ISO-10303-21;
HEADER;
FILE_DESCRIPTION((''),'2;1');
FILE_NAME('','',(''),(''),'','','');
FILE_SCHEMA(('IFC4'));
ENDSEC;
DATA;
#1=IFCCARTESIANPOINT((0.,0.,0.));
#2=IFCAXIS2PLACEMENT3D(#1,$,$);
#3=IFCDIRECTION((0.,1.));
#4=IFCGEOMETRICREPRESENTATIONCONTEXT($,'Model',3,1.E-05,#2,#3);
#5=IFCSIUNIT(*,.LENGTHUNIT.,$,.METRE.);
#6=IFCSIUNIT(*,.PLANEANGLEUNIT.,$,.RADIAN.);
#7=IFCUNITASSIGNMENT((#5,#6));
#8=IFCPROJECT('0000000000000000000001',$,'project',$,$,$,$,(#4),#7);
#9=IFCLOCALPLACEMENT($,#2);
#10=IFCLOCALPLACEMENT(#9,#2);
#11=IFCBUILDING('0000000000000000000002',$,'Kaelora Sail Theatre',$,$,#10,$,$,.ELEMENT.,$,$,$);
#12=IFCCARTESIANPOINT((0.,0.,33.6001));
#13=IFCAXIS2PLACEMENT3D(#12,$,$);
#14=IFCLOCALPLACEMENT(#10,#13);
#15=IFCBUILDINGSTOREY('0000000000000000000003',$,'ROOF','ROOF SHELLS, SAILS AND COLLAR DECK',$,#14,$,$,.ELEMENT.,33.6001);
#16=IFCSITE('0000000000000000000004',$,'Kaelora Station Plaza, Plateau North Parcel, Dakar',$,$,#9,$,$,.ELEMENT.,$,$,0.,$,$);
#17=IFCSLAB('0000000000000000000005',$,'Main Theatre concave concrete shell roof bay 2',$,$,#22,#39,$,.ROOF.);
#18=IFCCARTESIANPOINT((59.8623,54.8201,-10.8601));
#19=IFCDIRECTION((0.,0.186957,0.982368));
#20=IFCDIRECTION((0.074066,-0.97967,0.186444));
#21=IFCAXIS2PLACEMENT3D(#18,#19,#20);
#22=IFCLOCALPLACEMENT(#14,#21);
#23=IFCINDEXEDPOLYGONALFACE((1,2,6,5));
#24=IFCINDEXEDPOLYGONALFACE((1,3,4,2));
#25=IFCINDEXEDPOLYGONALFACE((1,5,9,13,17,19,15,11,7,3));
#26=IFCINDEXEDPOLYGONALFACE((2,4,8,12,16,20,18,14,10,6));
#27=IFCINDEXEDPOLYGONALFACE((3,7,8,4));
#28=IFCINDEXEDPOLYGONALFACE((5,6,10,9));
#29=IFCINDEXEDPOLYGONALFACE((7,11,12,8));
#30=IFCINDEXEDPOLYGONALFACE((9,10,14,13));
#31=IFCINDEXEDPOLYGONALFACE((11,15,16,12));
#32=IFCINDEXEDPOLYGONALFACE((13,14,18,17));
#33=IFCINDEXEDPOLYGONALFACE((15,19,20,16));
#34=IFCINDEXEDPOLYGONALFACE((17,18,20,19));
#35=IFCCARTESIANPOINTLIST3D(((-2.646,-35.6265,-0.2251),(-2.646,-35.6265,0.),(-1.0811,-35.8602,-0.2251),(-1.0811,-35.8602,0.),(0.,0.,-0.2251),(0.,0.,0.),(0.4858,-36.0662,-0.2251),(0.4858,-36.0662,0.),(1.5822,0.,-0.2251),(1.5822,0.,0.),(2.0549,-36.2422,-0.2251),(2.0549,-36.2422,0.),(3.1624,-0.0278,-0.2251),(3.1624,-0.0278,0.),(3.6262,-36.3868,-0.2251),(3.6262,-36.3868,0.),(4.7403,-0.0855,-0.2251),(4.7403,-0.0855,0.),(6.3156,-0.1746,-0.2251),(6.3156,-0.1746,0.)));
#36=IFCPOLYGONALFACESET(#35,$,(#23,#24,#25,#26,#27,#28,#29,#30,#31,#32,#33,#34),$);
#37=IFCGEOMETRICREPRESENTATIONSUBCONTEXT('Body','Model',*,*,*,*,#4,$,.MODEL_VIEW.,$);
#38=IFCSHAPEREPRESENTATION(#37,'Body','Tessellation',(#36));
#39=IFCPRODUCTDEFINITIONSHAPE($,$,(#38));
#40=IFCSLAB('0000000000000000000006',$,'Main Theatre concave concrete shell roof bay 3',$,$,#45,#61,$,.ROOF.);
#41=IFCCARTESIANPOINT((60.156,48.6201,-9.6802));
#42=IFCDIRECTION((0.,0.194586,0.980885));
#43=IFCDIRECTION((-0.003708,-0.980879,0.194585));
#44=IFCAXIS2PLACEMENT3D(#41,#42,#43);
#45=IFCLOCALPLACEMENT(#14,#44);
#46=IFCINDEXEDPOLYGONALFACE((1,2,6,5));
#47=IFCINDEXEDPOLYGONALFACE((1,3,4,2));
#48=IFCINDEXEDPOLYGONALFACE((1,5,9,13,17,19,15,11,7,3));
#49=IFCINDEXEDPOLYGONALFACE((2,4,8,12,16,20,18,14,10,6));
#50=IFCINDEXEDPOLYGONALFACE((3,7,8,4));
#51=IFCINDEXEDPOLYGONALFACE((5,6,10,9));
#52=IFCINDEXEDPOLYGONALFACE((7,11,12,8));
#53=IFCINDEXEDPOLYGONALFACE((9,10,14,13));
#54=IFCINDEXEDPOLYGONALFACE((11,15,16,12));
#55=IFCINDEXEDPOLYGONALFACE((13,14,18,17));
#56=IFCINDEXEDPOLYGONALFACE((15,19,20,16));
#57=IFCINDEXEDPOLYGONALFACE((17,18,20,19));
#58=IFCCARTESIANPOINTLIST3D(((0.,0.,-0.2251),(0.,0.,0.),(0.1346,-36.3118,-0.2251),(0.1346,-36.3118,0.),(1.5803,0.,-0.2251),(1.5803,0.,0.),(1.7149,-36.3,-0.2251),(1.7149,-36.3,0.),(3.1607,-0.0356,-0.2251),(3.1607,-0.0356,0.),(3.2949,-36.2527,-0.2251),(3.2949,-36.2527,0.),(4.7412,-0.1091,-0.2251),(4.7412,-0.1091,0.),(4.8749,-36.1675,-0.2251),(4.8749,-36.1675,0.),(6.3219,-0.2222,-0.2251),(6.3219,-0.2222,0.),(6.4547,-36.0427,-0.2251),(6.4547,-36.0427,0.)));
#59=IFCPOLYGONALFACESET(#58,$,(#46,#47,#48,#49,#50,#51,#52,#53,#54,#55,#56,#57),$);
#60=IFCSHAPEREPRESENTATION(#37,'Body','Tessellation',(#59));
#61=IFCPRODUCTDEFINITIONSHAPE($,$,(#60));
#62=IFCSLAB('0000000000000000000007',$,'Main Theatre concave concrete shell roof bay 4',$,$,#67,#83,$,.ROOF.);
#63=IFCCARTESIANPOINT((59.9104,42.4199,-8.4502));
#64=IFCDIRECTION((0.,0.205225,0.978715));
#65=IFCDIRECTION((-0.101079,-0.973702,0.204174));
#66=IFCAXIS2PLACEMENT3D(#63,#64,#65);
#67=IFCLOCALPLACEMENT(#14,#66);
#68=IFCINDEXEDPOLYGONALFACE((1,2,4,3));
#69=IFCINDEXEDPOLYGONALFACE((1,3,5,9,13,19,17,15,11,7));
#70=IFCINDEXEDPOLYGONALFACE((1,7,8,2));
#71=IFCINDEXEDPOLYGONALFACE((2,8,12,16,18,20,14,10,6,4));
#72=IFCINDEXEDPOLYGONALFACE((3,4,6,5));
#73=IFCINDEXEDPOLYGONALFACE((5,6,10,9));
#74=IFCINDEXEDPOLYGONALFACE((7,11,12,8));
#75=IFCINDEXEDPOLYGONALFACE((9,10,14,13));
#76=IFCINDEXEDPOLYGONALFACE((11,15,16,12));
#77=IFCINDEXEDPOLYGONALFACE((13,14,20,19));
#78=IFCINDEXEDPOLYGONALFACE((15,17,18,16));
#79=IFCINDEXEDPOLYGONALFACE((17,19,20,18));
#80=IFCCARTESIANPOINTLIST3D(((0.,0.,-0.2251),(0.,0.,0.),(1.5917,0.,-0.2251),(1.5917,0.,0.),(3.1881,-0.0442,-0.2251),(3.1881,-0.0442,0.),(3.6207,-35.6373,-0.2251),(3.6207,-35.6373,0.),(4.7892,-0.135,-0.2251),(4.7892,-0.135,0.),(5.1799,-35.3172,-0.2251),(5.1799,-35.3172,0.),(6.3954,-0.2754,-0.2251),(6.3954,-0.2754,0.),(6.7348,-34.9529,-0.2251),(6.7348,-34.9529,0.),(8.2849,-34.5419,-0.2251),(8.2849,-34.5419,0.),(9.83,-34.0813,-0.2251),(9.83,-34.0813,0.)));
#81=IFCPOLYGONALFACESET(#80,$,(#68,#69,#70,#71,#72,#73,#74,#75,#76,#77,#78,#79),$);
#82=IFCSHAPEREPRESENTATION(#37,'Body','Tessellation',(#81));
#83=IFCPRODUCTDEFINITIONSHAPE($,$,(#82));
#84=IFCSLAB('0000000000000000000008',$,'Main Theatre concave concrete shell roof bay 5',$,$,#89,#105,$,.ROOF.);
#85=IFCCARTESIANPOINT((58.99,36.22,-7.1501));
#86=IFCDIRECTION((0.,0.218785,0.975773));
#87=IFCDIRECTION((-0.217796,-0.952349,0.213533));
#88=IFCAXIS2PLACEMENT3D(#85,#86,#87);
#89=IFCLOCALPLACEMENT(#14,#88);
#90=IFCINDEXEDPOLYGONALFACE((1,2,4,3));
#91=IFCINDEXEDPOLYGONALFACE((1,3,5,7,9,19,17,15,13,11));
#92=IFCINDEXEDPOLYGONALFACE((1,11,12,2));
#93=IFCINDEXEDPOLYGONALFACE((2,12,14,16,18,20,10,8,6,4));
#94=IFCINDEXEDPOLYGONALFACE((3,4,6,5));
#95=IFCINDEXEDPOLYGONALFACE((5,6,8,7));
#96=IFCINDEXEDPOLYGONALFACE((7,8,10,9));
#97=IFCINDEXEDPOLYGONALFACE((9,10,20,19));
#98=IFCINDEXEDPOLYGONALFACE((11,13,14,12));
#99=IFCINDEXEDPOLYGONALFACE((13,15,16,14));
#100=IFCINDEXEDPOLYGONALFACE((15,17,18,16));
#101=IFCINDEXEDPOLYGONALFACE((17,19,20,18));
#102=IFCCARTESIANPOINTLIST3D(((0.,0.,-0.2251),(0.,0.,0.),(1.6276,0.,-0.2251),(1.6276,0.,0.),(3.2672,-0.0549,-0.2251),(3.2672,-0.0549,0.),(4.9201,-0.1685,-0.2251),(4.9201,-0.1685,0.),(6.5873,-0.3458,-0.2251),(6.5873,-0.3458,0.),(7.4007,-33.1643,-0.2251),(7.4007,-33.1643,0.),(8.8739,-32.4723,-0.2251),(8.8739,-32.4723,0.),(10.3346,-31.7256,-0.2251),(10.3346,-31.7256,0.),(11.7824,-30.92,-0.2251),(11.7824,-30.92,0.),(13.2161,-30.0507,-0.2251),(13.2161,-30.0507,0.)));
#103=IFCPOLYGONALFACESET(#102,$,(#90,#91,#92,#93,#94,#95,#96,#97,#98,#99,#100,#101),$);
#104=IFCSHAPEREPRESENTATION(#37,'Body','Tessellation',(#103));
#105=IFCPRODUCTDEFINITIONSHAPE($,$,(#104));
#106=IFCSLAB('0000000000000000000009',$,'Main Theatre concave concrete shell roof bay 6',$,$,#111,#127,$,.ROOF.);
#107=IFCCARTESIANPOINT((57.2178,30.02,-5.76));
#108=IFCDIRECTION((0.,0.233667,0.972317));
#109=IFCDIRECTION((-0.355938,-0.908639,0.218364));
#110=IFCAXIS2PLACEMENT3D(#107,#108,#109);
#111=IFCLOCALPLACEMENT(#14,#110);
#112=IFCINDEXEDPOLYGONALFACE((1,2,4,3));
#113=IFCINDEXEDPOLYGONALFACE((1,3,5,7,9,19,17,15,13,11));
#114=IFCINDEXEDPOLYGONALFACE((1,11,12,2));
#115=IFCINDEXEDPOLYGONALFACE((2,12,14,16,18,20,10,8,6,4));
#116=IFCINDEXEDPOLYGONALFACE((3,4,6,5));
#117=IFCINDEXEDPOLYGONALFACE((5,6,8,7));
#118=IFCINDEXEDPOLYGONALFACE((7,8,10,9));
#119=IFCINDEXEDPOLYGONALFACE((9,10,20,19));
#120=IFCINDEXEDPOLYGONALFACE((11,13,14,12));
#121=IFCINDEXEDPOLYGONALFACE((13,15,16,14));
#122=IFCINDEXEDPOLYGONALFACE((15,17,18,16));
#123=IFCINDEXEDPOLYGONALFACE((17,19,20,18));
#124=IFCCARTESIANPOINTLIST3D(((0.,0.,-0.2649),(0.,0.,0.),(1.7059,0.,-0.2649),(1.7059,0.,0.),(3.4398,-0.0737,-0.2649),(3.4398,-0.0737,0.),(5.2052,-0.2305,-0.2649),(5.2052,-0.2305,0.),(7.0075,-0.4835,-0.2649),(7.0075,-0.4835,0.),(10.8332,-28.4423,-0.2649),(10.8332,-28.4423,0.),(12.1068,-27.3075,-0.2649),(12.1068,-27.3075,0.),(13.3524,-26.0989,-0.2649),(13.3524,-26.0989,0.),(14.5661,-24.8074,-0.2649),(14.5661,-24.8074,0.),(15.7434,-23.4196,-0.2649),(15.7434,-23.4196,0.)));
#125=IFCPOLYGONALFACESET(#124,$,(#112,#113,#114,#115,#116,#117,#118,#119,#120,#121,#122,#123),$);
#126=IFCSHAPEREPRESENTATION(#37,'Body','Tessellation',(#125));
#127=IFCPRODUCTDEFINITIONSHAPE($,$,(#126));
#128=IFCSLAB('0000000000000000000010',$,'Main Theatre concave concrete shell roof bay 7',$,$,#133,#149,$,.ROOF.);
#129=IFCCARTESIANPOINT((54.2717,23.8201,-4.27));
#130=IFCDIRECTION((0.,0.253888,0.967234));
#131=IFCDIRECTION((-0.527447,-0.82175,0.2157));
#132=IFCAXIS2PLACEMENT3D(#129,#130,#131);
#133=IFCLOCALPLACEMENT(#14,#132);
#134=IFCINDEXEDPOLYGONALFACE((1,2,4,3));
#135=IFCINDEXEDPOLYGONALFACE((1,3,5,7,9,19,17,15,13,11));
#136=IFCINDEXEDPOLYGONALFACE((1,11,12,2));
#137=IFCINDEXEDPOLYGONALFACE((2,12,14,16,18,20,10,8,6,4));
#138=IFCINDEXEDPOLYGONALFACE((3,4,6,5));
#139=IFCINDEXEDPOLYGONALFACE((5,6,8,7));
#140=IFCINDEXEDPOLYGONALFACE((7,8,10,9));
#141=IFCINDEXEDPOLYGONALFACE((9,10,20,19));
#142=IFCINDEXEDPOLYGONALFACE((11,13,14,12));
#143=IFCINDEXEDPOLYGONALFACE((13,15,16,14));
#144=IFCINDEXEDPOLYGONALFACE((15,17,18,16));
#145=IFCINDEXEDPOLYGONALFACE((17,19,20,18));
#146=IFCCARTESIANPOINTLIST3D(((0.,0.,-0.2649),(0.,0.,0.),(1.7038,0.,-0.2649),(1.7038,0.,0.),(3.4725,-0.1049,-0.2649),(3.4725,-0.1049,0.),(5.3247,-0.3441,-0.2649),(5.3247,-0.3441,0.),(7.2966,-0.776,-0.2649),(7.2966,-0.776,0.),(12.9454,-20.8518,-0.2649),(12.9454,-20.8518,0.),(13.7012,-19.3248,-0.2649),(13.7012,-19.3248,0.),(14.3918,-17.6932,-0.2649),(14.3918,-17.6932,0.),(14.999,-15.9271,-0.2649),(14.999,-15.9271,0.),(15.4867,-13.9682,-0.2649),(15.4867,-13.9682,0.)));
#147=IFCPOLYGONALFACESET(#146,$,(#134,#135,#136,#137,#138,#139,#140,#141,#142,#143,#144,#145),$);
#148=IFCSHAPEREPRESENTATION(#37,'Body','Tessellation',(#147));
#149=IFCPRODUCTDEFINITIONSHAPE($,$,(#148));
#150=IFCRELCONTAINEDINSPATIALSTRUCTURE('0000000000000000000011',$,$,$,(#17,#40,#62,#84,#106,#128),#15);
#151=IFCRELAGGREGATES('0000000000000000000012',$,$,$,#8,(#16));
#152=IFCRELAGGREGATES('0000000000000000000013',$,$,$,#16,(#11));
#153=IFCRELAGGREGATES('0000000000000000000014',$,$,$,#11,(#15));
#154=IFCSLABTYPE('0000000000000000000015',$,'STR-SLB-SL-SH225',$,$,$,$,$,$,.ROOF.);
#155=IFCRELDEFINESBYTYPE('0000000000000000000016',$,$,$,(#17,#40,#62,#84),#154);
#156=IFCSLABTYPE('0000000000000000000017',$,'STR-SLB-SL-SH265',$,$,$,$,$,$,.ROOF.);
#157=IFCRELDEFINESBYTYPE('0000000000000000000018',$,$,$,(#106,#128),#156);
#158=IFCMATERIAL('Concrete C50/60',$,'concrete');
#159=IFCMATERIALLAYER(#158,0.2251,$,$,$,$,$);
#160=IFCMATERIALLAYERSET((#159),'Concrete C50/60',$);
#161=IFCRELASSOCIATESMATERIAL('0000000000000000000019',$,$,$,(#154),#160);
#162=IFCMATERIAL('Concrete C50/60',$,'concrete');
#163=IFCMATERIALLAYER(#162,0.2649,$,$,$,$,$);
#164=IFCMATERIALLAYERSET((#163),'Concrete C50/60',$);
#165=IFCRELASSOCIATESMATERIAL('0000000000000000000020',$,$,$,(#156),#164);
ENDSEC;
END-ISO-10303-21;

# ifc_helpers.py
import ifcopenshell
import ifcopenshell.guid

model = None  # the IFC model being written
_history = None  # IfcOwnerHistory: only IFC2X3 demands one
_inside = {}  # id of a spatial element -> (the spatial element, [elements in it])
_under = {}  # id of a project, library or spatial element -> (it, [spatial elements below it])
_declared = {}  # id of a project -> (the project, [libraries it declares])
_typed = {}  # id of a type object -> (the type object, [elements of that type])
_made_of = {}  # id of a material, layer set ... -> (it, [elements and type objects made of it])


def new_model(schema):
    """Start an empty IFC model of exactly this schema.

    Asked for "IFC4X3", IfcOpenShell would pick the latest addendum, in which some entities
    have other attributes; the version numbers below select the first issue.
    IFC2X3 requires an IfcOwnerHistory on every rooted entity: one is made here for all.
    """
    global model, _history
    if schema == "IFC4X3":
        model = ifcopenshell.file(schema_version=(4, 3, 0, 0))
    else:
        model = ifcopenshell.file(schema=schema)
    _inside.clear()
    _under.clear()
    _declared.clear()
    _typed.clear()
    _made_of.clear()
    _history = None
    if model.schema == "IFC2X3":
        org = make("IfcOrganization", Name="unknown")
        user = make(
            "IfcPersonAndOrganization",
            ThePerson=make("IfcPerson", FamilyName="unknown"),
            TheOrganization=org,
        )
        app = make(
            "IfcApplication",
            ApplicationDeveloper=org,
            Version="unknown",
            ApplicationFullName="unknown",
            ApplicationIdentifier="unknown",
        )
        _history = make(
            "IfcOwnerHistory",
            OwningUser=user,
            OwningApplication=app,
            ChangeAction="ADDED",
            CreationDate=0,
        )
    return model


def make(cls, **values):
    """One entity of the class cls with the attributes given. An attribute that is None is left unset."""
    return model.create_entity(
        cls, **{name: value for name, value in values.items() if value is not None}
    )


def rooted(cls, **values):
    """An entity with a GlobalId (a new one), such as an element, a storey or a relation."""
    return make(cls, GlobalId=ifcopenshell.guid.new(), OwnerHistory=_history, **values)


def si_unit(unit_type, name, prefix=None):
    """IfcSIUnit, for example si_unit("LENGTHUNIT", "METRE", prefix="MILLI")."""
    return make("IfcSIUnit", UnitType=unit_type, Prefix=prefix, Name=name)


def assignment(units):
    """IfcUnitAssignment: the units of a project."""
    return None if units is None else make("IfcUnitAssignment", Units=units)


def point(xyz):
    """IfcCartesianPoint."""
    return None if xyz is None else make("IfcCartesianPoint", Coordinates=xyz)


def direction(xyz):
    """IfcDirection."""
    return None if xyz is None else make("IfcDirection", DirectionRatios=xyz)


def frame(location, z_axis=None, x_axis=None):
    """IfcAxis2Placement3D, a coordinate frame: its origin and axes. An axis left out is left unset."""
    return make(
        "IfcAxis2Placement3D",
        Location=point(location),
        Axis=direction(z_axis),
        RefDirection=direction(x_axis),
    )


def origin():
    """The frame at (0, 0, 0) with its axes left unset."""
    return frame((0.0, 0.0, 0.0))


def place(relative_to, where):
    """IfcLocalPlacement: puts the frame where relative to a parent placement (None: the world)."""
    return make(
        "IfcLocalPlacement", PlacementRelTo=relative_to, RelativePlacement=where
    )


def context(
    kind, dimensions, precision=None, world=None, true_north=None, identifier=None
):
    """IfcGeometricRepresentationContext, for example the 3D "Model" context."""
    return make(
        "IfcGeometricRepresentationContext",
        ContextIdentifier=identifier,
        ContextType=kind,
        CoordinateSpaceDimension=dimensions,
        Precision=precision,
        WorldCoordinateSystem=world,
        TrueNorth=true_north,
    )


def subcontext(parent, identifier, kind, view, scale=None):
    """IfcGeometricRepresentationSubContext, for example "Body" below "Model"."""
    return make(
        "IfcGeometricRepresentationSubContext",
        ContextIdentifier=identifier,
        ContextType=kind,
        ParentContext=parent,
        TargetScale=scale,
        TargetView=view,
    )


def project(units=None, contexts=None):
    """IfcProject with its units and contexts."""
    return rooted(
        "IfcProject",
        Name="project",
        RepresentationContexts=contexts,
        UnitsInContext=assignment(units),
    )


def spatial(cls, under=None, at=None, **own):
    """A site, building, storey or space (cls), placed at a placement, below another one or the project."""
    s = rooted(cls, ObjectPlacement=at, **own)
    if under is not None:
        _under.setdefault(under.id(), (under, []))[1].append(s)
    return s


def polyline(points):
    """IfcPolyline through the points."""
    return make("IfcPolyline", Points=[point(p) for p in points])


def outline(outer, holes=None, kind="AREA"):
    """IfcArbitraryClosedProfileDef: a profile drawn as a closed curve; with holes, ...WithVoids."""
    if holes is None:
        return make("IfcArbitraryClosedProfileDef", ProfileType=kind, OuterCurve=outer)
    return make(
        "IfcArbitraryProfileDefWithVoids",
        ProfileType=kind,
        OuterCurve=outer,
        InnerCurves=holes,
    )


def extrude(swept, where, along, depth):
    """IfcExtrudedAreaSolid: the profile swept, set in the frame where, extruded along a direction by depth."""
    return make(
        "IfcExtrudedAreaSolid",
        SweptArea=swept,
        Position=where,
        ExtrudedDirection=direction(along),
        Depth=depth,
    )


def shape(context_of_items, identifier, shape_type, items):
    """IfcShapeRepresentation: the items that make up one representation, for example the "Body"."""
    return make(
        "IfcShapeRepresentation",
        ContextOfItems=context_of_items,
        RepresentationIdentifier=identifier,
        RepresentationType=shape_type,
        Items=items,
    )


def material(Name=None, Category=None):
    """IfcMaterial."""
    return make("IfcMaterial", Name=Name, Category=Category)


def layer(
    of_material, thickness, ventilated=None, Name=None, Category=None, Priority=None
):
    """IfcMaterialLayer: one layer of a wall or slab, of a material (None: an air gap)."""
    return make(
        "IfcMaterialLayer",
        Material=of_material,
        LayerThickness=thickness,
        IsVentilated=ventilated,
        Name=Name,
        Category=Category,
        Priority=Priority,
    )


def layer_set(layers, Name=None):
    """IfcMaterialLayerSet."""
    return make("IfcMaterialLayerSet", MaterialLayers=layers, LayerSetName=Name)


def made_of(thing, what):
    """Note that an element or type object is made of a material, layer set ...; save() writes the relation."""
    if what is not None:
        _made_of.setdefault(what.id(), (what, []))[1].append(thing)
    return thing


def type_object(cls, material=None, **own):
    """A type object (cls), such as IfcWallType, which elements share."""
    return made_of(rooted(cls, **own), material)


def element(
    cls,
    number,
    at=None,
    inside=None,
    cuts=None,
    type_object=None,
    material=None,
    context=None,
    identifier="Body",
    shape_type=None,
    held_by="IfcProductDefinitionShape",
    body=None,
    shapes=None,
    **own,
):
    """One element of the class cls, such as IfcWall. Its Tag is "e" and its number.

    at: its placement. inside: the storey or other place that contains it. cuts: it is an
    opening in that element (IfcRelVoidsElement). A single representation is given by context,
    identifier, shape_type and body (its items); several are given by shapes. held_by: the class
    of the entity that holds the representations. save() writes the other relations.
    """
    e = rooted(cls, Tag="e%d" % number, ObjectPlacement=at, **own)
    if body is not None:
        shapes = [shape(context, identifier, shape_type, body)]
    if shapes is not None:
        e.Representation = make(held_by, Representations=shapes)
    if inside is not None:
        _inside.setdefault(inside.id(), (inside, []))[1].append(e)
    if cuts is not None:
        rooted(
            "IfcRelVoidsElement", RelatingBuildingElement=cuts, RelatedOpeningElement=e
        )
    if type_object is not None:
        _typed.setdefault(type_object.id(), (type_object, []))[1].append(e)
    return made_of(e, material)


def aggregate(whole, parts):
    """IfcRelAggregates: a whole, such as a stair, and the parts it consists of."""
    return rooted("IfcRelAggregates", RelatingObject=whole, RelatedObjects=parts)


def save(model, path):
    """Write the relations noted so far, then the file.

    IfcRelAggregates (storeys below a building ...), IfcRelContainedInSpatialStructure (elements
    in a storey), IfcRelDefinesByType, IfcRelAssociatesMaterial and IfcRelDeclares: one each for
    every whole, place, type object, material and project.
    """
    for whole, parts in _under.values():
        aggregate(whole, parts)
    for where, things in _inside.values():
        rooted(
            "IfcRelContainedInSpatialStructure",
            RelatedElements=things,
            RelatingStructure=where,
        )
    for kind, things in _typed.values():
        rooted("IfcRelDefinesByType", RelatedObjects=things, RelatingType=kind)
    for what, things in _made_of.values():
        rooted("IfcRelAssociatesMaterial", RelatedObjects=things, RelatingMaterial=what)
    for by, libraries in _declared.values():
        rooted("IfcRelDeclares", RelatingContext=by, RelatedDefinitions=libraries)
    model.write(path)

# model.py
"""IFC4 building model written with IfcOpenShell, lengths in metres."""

from ifc_helpers import new_model, si_unit, direction, frame, origin, place, context, subcontext, project, spatial, polyline, outline, extrude, material, layer, layer_set, type_object, element, save


model = new_model("IFC4")

# Units and contexts
model_context = context("Model", 3, precision=1e-05, world=origin(), true_north=direction((0.0, 1.0)))
body_context = subcontext(model_context, "Body", "Model", "MODEL_VIEW")
ifc_project = project(units=[si_unit("LENGTHUNIT", "METRE"), si_unit("PLANEANGLEUNIT", "RADIAN")], contexts=[model_context])

# Site, building, storey
site_placement = place(None, origin())
site = spatial("IfcSite", under=ifc_project, at=site_placement, Name="Kaelora Station Plaza, Plateau North Parcel, Dakar", CompositionType="ELEMENT", RefElevation=0.0)
building_placement = place(site_placement, origin())
building = spatial("IfcBuilding", under=site, at=building_placement, Name="Kaelora Sail Theatre", CompositionType="ELEMENT")
storey_placement = place(building_placement, frame((0.0, 0.0, 33.6001)))
storey = spatial("IfcBuildingStorey", under=building, at=storey_placement, Name="ROOF", Description="ROOF SHELLS, SAILS AND COLLAR DECK", CompositionType="ELEMENT", Elevation=33.6001)

# Slabs
ifc_material_1 = material(Name="Concrete C50/60", Category="concrete")
ifc_layer_1 = layer(ifc_material_1, 0.2251)
ifc_layer_set_1 = layer_set([ifc_layer_1], Name="Concrete C50/60")
slab_type_1 = type_object("IfcSlabType", Name="STR-SLB-SL-SH225", PredefinedType="ROOF", material=ifc_layer_set_1)
slab_1_placement = place(storey_placement, frame((59.8623, 54.8201, -10.8601), z_axis=(0.0, 0.186957, 0.982368), x_axis=(0.074066, -0.97967, 0.186444)))
element("IfcSlab", 1, at=slab_1_placement, inside=storey, type_object=slab_type_1, Name="Main Theatre concave concrete shell roof bay 2", PredefinedType="ROOF", context=body_context, shape_type="SweptSolid", body=[
    extrude(outline(polyline([(0.0, 0.0), (1.5822, 0.0), (3.1624, -0.0278), (4.7403, -0.0855), (6.3156, -0.1746), (3.6262, -36.3868), (2.0549, -36.2422), (0.4858, -36.0662), (-1.0811, -35.8602), (-2.646, -35.6265), (0.0, 0.0)])), origin(), (0.0, 0.0, -1.0), 0.2251),
])
slab_2_placement = place(storey_placement, frame((60.156, 48.6201, -9.6802), z_axis=(0.0, 0.194586, 0.980885), x_axis=(-0.003708, -0.980879, 0.194585)))
element("IfcSlab", 2, at=slab_2_placement, inside=storey, type_object=slab_type_1, Name="Main Theatre concave concrete shell roof bay 3", PredefinedType="ROOF", context=body_context, shape_type="SweptSolid", body=[
    extrude(outline(polyline([(0.0, 0.0), (1.5803, 0.0), (3.1607, -0.0356), (4.7412, -0.1091), (6.3219, -0.2222), (6.4547, -36.0427), (4.8749, -36.1675), (3.2949, -36.2527), (1.7149, -36.3), (0.1346, -36.3118), (0.0, 0.0)])), origin(), (0.0, 0.0, -1.0), 0.2251),
])
slab_3_placement = place(storey_placement, frame((59.9104, 42.4199, -8.4502), z_axis=(0.0, 0.205225, 0.978715), x_axis=(-0.101079, -0.973702, 0.204174)))
element("IfcSlab", 3, at=slab_3_placement, inside=storey, type_object=slab_type_1, Name="Main Theatre concave concrete shell roof bay 4", PredefinedType="ROOF", context=body_context, shape_type="SweptSolid", body=[
    extrude(outline(polyline([(0.0, 0.0), (1.5917, 0.0), (3.1881, -0.0442), (4.7892, -0.135), (6.3954, -0.2754), (9.83, -34.0813), (8.2849, -34.5419), (6.7348, -34.9529), (5.1799, -35.3172), (3.6207, -35.6373), (0.0, 0.0)])), origin(), (0.0, 0.0, -1.0), 0.2251),
])
slab_4_placement = place(storey_placement, frame((58.99, 36.22, -7.1501), z_axis=(0.0, 0.218785, 0.975773), x_axis=(-0.217796, -0.952349, 0.213533)))
element("IfcSlab", 4, at=slab_4_placement, inside=storey, type_object=slab_type_1, Name="Main Theatre concave concrete shell roof bay 5", PredefinedType="ROOF", context=body_context, shape_type="SweptSolid", body=[
    extrude(outline(polyline([(0.0, 0.0), (1.6276, 0.0), (3.2672, -0.0549), (4.9201, -0.1685), (6.5873, -0.3458), (13.2161, -30.0507), (11.7824, -30.92), (10.3346, -31.7256), (8.8739, -32.4723), (7.4007, -33.1643), (0.0, 0.0)])), origin(), (0.0, 0.0, -1.0), 0.2251),
])
ifc_material_2 = material(Name="Concrete C50/60", Category="concrete")
ifc_layer_2 = layer(ifc_material_2, 0.2649)
ifc_layer_set_2 = layer_set([ifc_layer_2], Name="Concrete C50/60")
slab_type_2 = type_object("IfcSlabType", Name="STR-SLB-SL-SH265", PredefinedType="ROOF", material=ifc_layer_set_2)
slab_5_placement = place(storey_placement, frame((57.2178, 30.02, -5.76), z_axis=(0.0, 0.233667, 0.972317), x_axis=(-0.355938, -0.908639, 0.218364)))
element("IfcSlab", 5, at=slab_5_placement, inside=storey, type_object=slab_type_2, Name="Main Theatre concave concrete shell roof bay 6", PredefinedType="ROOF", context=body_context, shape_type="SweptSolid", body=[
    extrude(outline(polyline([(0.0, 0.0), (1.7059, 0.0), (3.4398, -0.0737), (5.2052, -0.2305), (7.0075, -0.4835), (15.7434, -23.4196), (14.5661, -24.8074), (13.3524, -26.0989), (12.1068, -27.3075), (10.8332, -28.4423), (0.0, 0.0)])), origin(), (0.0, 0.0, -1.0), 0.2649),
])
slab_6_placement = place(storey_placement, frame((54.2717, 23.8201, -4.27), z_axis=(0.0, 0.253888, 0.967234), x_axis=(-0.527447, -0.82175, 0.2157)))
element("IfcSlab", 6, at=slab_6_placement, inside=storey, type_object=slab_type_2, Name="Main Theatre concave concrete shell roof bay 7", PredefinedType="ROOF", context=body_context, shape_type="SweptSolid", body=[
    extrude(outline(polyline([(0.0, 0.0), (1.7038, 0.0), (3.4725, -0.1049), (5.3247, -0.3441), (7.2966, -0.776), (15.4867, -13.9682), (14.999, -15.9271), (14.3918, -17.6932), (13.7012, -19.3248), (12.9454, -20.8518), (0.0, 0.0)])), origin(), (0.0, 0.0, -1.0), 0.2649),
])

save(model, "model.ifc")
